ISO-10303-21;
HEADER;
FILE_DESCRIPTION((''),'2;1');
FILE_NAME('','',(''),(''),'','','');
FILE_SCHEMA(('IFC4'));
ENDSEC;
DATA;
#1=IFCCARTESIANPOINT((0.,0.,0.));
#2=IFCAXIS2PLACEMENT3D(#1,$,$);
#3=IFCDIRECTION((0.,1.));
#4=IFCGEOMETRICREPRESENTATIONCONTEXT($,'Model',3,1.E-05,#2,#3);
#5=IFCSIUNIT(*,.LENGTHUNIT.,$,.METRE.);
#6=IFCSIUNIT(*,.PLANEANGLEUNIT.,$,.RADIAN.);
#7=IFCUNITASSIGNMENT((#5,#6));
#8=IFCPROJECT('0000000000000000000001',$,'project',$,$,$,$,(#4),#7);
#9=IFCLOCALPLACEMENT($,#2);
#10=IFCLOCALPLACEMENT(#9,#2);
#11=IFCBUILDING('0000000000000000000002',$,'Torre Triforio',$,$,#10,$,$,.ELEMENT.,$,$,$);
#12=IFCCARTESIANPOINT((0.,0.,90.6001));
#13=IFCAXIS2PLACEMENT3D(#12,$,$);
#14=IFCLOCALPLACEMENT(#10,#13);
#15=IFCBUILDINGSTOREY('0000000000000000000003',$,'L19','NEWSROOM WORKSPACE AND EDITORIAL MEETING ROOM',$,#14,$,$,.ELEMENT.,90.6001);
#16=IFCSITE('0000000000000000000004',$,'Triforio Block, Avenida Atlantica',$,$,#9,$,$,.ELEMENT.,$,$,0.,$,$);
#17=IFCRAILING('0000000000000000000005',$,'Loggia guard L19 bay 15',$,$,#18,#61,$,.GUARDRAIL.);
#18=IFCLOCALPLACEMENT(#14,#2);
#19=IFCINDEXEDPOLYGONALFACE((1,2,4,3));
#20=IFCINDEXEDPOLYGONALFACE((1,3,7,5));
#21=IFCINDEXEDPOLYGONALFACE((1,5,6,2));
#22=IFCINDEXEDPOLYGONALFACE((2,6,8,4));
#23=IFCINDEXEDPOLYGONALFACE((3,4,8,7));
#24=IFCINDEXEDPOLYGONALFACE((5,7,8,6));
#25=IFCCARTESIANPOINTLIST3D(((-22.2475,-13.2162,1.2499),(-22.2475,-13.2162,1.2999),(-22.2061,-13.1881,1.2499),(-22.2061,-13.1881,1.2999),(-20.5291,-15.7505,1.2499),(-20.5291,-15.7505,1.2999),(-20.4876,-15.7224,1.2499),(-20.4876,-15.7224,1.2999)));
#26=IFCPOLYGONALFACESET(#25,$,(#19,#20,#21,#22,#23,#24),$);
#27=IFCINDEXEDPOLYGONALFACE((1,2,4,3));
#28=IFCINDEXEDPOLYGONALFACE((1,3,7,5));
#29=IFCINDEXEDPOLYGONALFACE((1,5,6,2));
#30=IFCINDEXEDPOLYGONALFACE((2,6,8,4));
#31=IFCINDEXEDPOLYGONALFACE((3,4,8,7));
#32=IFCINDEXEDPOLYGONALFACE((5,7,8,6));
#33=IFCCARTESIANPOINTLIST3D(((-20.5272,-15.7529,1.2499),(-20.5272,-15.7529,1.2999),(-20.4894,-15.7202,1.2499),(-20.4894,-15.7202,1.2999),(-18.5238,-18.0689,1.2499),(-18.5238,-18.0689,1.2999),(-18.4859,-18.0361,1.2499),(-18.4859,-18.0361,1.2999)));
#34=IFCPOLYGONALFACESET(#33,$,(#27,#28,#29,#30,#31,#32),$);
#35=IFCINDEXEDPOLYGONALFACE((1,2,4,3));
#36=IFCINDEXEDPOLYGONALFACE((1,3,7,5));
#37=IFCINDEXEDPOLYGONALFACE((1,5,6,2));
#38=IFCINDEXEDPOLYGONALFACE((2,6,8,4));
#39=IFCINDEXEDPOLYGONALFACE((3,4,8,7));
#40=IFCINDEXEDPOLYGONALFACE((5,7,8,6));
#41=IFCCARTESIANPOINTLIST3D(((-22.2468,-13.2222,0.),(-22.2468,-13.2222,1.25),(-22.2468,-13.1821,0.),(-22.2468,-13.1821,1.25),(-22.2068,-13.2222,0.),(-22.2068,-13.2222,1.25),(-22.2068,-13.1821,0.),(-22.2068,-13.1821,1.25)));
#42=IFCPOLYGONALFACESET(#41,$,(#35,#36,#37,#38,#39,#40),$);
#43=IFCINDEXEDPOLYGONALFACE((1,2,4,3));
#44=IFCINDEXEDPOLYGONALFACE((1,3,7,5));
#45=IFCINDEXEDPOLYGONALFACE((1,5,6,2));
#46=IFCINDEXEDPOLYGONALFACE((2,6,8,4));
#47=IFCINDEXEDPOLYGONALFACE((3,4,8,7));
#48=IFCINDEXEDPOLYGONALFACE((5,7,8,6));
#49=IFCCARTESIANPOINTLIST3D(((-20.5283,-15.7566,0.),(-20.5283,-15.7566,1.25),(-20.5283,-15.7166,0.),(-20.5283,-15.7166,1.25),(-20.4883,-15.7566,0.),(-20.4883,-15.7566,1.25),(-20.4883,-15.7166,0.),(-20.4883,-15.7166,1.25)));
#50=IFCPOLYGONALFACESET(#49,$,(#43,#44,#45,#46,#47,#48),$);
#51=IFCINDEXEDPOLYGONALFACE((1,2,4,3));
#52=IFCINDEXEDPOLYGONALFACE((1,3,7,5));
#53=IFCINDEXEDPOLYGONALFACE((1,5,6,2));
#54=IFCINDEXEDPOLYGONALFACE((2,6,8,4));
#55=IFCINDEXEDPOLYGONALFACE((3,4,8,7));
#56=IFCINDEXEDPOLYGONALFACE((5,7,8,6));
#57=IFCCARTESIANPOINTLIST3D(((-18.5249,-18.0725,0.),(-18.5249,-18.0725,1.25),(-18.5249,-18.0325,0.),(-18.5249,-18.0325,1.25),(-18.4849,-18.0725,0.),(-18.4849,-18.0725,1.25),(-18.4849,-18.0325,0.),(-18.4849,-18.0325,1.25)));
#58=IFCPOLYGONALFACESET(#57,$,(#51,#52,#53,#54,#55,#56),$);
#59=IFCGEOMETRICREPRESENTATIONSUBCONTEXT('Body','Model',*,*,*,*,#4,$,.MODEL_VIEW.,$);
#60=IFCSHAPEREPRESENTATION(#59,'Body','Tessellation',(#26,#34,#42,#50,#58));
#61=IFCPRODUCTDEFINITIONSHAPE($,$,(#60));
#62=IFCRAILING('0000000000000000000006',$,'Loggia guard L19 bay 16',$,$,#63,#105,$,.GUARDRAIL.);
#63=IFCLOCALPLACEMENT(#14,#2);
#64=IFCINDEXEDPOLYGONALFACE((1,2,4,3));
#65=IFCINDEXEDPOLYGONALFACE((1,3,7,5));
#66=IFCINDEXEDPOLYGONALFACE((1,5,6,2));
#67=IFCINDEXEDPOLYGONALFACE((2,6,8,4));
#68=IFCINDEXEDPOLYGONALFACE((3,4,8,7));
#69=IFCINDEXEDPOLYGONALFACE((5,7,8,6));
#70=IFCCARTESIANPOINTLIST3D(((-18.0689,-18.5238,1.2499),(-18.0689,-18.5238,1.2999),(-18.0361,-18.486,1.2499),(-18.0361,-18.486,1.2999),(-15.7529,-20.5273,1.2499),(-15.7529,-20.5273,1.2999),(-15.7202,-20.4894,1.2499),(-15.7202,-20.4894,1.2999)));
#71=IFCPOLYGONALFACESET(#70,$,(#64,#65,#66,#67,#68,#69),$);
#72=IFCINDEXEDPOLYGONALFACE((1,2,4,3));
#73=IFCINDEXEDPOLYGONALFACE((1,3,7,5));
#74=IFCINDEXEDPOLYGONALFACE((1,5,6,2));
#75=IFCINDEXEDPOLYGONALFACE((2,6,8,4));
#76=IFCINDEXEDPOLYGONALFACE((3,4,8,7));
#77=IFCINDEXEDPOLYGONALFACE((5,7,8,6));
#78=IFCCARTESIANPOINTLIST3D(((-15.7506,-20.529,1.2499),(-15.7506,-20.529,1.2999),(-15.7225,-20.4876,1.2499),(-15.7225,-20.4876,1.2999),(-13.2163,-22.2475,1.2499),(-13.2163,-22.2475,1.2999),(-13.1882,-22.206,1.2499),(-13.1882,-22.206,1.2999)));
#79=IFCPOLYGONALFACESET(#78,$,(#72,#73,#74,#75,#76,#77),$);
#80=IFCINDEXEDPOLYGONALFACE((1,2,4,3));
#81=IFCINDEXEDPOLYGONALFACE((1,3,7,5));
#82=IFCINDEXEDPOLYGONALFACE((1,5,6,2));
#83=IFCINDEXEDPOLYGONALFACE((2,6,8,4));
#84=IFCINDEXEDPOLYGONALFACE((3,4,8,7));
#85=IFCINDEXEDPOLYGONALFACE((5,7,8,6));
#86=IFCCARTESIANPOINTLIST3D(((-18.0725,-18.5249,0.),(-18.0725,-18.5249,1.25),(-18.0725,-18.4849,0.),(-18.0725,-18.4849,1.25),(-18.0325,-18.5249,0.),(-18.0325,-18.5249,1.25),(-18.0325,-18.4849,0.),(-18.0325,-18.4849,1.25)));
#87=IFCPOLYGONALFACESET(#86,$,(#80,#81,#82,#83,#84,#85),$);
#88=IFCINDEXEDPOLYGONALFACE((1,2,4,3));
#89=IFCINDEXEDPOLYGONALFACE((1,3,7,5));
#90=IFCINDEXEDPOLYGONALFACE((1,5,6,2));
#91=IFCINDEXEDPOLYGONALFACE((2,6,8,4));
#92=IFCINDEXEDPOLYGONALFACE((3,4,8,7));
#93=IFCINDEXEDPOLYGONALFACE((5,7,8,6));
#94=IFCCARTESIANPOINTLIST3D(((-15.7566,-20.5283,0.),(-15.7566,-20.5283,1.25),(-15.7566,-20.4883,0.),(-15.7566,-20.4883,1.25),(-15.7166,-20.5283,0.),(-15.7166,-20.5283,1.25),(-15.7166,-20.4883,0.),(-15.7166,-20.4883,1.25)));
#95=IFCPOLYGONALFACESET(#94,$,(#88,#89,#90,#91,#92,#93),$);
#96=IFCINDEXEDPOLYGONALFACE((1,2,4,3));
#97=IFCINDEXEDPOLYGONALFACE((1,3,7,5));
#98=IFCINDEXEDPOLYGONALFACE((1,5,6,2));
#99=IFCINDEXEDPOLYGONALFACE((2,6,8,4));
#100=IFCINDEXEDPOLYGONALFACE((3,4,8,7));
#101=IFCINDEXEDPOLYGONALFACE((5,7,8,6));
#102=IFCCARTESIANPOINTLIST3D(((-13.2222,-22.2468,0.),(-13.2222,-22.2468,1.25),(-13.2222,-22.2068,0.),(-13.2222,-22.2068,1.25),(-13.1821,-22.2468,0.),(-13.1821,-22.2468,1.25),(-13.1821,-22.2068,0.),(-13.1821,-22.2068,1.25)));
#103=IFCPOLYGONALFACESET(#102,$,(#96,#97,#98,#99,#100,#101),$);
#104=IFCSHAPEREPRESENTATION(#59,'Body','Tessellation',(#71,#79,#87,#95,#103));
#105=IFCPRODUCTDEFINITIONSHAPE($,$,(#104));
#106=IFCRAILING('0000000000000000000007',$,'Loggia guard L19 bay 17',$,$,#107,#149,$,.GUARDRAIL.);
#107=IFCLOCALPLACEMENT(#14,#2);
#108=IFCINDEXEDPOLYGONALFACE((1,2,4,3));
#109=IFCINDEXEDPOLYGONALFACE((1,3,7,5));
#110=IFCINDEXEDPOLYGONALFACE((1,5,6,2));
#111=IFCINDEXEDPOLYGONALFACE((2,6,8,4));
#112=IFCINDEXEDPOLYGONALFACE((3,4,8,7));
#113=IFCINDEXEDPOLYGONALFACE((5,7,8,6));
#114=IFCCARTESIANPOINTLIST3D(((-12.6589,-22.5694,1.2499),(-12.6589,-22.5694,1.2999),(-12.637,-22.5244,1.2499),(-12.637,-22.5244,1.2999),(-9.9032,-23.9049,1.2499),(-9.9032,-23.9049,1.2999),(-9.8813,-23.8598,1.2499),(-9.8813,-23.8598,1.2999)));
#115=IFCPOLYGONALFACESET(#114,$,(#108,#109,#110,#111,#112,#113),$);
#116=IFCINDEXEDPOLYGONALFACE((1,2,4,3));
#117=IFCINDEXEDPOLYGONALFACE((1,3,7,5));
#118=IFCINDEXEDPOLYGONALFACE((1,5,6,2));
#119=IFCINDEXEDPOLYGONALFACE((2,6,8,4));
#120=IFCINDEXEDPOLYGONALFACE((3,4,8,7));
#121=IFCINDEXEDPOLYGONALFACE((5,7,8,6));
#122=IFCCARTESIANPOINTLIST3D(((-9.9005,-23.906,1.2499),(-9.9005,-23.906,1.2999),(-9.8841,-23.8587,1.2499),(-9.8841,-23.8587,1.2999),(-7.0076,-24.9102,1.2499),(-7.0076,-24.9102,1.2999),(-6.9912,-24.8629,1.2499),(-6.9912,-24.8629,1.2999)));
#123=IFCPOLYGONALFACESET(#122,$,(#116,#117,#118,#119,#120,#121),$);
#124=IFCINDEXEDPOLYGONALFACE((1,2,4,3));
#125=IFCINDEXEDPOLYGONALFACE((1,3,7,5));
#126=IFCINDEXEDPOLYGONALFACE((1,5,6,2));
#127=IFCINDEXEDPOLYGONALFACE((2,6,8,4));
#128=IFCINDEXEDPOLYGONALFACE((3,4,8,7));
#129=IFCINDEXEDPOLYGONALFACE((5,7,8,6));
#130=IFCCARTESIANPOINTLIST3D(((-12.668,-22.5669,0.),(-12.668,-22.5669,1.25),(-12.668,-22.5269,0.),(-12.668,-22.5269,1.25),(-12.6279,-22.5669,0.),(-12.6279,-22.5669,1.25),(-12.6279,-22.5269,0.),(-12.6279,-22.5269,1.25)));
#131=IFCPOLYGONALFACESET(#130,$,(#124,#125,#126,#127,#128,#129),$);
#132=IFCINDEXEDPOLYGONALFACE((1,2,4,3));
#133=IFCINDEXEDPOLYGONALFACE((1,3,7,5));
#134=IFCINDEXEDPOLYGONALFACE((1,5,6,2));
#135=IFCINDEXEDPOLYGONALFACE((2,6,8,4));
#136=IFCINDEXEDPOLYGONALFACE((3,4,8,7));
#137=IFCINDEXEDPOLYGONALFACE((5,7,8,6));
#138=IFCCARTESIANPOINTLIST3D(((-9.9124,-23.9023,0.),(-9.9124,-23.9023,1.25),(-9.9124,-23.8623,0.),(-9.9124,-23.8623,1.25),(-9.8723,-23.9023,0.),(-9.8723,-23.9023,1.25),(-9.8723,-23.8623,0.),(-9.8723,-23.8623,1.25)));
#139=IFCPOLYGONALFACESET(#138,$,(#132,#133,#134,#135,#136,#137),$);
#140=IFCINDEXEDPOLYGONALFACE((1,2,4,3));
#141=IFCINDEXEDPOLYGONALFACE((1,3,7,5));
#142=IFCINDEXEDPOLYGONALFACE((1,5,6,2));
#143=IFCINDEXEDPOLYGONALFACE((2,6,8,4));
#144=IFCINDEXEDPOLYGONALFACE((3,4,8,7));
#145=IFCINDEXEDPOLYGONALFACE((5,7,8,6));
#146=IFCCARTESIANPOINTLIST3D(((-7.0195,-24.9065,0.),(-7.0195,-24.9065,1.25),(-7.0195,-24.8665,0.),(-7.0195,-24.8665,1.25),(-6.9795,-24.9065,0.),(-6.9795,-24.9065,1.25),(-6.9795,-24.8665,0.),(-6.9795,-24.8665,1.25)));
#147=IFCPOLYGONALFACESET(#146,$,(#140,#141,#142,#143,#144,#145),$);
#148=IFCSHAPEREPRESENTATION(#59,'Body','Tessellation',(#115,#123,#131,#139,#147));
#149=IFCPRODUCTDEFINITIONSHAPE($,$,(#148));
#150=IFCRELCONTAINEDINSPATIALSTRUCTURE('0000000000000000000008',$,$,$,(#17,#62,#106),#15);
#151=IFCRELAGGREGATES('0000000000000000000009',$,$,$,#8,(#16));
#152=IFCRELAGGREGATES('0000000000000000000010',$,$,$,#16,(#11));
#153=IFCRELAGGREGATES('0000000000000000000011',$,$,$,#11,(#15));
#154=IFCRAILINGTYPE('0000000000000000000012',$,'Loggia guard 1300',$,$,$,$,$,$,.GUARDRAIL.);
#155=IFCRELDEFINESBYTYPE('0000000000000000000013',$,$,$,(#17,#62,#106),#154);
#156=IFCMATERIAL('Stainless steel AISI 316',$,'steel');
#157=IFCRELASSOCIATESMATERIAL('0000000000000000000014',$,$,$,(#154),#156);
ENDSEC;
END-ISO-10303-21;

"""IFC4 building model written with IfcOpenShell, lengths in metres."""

from ifc_helpers import new_model, si_unit, direction, frame, origin, origin_2d, place, context, subcontext, project, spatial, rectangle, extrude, material, type_object, element, save


model = new_model("IFC4")

# Units and contexts
model_context = context("Model", 3, precision=1e-05, world=origin(), true_north=direction((0.0, 1.0)))
body_context = subcontext(model_context, "Body", "Model", "MODEL_VIEW")
ifc_project = project(units=[si_unit("LENGTHUNIT", "METRE"), si_unit("PLANEANGLEUNIT", "RADIAN")], contexts=[model_context])

# Site, building, storey
site_placement = place(None, origin())
site = spatial("IfcSite", under=ifc_project, at=site_placement, Name="Triforio Block, Avenida Atlantica", CompositionType="ELEMENT", RefElevation=0.0)
building_placement = place(site_placement, origin())
building = spatial("IfcBuilding", under=site, at=building_placement, Name="Torre Triforio", CompositionType="ELEMENT")
storey_placement = place(building_placement, frame((0.0, 0.0, 90.6001)))
storey = spatial("IfcBuildingStorey", under=building, at=storey_placement, Name="L19", Description="NEWSROOM WORKSPACE AND EDITORIAL MEETING ROOM", CompositionType="ELEMENT", Elevation=90.6001)

# Railings
ifc_material_1 = material(Name="Stainless steel AISI 316", Category="steel")
railing_type = type_object("IfcRailingType", Name="Loggia guard 1300", PredefinedType="GUARDRAIL", material=ifc_material_1)
railing_1_placement = place(storey_placement, frame((-22.2268, -13.2021, 0.0)))
element("IfcRailing", 1, at=railing_1_placement, inside=storey, type_object=railing_type, Name="Loggia guard L19 bay 15", PredefinedType="GUARDRAIL", context=body_context, shape_type="SweptSolid", body=[
    extrude(rectangle(XDim=0.05, YDim=0.05, at=origin_2d()), frame((0.0, 0.0, 1.2749), z_axis=(0.561215, -0.82767, 0.0), x_axis=(0.82767, 0.561215, 0.0)), (0.0, 0.0, 1.0), 3.062),
    extrude(rectangle(XDim=0.05, YDim=0.05, at=origin_2d()), frame((1.7185, -2.5344, 1.2749), z_axis=(0.654238, -0.756289, 0.0), x_axis=(0.756289, 0.654238, 0.0)), (0.0, 0.0, 1.0), 3.0623),
    extrude(rectangle(XDim=0.04, YDim=0.04, at=origin_2d()), origin(), (0.0, 0.0, 1.0), 1.25),
    extrude(rectangle(XDim=0.04, YDim=0.04, at=origin_2d()), frame((1.7185, -2.5344, 0.0)), (0.0, 0.0, 1.0), 1.25),
    extrude(rectangle(XDim=0.04, YDim=0.04, at=origin_2d()), frame((3.7219, -4.8503, 0.0)), (0.0, 0.0, 1.0), 1.25),
])
railing_2_placement = place(storey_placement, frame((-18.0525, -18.5049, 0.0)))
element("IfcRailing", 2, at=railing_2_placement, inside=storey, type_object=railing_type, Name="Loggia guard L19 bay 16", PredefinedType="GUARDRAIL", context=body_context, shape_type="SweptSolid", body=[
    extrude(rectangle(XDim=0.05, YDim=0.05, at=origin_2d()), frame((0.0, 0.0, 1.2749), z_axis=(0.756289, -0.654238, 0.0), x_axis=(0.654238, 0.756289, 0.0)), (0.0, 0.0, 1.0), 3.0623),
    extrude(rectangle(XDim=0.05, YDim=0.05, at=origin_2d()), frame((2.3159, -2.0034, 1.2749), z_axis=(0.82767, -0.561215, 0.0), x_axis=(0.561215, 0.82767, 0.0)), (0.0, 0.0, 1.0), 3.062),
    extrude(rectangle(XDim=0.04, YDim=0.04, at=origin_2d()), origin(), (0.0, 0.0, 1.0), 1.25),
    extrude(rectangle(XDim=0.04, YDim=0.04, at=origin_2d()), frame((2.3159, -2.0034, 0.0)), (0.0, 0.0, 1.0), 1.25),
    extrude(rectangle(XDim=0.04, YDim=0.04, at=origin_2d()), frame((4.8503, -3.7219, 0.0)), (0.0, 0.0, 1.0), 1.25),
])
railing_3_placement = place(storey_placement, frame((-12.6479, -22.5469, 0.0)))
element("IfcRailing", 3, at=railing_3_placement, inside=storey, type_object=railing_type, Name="Loggia guard L19 bay 17", PredefinedType="GUARDRAIL", context=body_context, shape_type="SweptSolid", body=[
    extrude(rectangle(XDim=0.05, YDim=0.05, at=origin_2d()), frame((0.0, 0.0, 1.2749), z_axis=(0.899892, -0.436113, 0.0), x_axis=(0.436113, 0.899892, 0.0)), (0.0, 0.0, 1.0), 3.0623),
    extrude(rectangle(XDim=0.05, YDim=0.05, at=origin_2d()), frame((2.7556, -1.3354, 1.2749), z_axis=(0.944704, -0.327924, 0.0), x_axis=(0.327924, 0.944704, 0.0)), (0.0, 0.0, 1.0), 3.0623),
    extrude(rectangle(XDim=0.04, YDim=0.04, at=origin_2d()), origin(), (0.0, 0.0, 1.0), 1.25),
    extrude(rectangle(XDim=0.04, YDim=0.04, at=origin_2d()), frame((2.7556, -1.3354, 0.0)), (0.0, 0.0, 1.0), 1.25),
    extrude(rectangle(XDim=0.04, YDim=0.04, at=origin_2d()), frame((5.6484, -2.3396, 0.0)), (0.0, 0.0, 1.0), 1.25),
])

save(model, "model.ifc")
